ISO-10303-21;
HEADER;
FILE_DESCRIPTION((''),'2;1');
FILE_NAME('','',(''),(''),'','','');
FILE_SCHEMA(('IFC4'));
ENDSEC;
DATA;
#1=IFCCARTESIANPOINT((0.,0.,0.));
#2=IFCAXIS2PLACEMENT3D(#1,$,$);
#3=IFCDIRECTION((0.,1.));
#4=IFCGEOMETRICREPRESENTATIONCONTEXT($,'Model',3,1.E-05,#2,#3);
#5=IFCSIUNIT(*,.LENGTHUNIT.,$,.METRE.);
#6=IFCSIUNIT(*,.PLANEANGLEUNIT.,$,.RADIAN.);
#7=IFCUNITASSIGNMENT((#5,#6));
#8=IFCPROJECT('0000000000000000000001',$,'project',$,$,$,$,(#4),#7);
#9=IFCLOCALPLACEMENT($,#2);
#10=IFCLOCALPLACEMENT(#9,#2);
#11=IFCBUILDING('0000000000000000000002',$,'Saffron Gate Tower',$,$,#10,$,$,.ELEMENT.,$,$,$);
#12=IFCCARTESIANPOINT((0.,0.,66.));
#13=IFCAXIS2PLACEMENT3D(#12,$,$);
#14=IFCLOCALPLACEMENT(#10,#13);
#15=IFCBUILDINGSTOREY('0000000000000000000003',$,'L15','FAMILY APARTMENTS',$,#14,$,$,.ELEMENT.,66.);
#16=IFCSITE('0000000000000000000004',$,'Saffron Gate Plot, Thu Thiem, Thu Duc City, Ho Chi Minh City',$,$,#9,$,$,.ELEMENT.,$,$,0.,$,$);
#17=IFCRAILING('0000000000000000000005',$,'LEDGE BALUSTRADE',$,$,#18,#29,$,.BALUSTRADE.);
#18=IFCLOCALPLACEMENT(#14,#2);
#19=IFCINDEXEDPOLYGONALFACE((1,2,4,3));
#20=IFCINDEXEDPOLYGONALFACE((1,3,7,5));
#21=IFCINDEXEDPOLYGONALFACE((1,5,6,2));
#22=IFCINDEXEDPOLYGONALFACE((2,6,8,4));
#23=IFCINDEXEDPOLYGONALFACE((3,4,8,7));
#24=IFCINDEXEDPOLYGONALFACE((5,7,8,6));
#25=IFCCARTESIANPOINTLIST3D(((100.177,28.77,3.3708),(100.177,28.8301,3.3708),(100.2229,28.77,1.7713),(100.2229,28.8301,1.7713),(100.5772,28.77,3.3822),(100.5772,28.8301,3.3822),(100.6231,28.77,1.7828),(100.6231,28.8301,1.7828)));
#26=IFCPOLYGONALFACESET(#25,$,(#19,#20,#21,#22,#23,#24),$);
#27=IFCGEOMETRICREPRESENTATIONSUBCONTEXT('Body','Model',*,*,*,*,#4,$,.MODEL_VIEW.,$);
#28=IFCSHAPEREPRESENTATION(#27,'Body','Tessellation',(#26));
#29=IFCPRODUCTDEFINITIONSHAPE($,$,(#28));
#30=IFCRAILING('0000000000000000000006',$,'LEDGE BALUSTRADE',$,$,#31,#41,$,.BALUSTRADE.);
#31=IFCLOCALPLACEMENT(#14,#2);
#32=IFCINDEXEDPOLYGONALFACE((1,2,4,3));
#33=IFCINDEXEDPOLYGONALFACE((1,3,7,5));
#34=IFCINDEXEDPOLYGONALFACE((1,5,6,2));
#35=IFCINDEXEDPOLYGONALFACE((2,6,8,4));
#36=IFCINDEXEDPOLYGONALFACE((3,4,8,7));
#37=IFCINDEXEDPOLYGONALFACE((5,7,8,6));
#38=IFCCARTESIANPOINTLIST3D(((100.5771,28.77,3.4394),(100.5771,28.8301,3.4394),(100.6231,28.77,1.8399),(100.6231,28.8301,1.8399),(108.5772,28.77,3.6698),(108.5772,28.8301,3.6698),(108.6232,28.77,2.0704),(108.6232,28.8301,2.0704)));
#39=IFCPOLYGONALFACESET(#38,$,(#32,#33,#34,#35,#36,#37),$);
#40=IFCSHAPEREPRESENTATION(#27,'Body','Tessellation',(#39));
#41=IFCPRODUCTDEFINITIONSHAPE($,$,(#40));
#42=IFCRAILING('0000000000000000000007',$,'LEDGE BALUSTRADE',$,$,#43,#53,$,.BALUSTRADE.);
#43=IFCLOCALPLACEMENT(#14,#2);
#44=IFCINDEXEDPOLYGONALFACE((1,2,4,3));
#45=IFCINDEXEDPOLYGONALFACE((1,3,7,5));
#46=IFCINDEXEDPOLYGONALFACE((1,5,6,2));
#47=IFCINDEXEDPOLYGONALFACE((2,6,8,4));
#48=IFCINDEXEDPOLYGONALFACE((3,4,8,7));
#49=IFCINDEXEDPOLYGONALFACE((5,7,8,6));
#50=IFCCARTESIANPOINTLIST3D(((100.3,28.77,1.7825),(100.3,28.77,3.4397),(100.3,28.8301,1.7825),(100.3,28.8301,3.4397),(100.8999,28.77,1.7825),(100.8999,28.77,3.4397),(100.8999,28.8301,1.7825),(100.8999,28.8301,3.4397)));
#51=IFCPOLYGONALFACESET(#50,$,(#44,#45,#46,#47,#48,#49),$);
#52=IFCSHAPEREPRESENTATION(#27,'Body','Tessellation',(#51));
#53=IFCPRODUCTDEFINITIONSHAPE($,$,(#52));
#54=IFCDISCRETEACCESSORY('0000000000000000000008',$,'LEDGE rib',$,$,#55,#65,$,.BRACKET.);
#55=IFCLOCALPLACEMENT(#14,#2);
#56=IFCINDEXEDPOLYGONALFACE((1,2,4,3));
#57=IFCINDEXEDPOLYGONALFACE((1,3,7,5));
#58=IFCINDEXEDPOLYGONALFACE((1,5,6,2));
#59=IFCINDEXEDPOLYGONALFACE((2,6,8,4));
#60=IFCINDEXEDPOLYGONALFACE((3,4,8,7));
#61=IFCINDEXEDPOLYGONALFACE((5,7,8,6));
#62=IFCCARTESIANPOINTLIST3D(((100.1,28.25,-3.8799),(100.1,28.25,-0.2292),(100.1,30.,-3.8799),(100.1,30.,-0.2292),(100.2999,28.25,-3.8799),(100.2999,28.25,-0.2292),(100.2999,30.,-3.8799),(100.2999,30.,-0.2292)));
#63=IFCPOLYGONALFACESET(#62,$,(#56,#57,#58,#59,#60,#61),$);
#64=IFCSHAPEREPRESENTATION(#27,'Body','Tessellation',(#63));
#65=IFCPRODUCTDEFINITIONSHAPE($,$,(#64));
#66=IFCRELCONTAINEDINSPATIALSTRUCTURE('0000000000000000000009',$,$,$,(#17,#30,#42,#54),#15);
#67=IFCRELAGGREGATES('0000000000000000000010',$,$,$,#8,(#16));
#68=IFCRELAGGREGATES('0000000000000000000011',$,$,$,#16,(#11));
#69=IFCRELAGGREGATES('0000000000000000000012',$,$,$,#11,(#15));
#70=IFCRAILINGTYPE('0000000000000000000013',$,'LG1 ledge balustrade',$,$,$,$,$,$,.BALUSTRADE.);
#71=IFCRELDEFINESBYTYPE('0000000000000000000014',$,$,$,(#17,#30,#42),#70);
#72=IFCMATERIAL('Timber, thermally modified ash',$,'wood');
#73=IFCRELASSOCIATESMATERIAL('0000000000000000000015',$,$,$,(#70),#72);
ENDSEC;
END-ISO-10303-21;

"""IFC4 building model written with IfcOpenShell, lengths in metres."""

from ifc_helpers import new_model, si_unit, direction, frame, origin, origin_2d, place, context, subcontext, project, spatial, rectangle, extrude, material, type_object, element, save


model = new_model("IFC4")

# Units and contexts
model_context = context("Model", 3, precision=1e-05, world=origin(), true_north=direction((0.0, 1.0)))
body_context = subcontext(model_context, "Body", "Model", "MODEL_VIEW")
ifc_project = project(units=[si_unit("LENGTHUNIT", "METRE"), si_unit("PLANEANGLEUNIT", "RADIAN")], contexts=[model_context])

# Site, building, storey
site_placement = place(None, origin())
site = spatial("IfcSite", under=ifc_project, at=site_placement, Name="Saffron Gate Plot, Thu Thiem, Thu Duc City, Ho Chi Minh City", CompositionType="ELEMENT", RefElevation=0.0)
building_placement = place(site_placement, origin())
building = spatial("IfcBuilding", under=site, at=building_placement, Name="Saffron Gate Tower", CompositionType="ELEMENT")
storey_placement = place(building_placement, frame((0.0, 0.0, 66.0)))
storey = spatial("IfcBuildingStorey", under=building, at=storey_placement, Name="L15", Description="FAMILY APARTMENTS", CompositionType="ELEMENT", Elevation=66.0)

# Shared definitions
ifc_material_1 = material(Name="Timber, thermally modified ash", Category="wood")

# Railings
railing_type_1 = type_object("IfcRailingType", Name="LG1 ledge balustrade", PredefinedType="BALUSTRADE", material=ifc_material_1)
railing_1_placement = place(storey_placement, frame((100.2, 28.8, 1.771)))
element("IfcRailing", 1, at=railing_1_placement, inside=storey, type_object=railing_type_1, Name="LEDGE BALUSTRADE", PredefinedType="BALUSTRADE", context=body_context, shape_type="SweptSolid", body=[
    extrude(rectangle(XDim=0.0601, YDim=1.6001, at=origin_2d()), frame((0.0, 0.0, 0.8), z_axis=(0.999589, 0.0, 0.028664), x_axis=(0.0, 1.0, 0.0)), (0.0, 0.0, 1.0), 0.4004),
])
railing_2_placement = place(storey_placement, frame((100.6001, 28.8, 1.8396)))
element("IfcRailing", 2, at=railing_2_placement, inside=storey, type_object=railing_type_1, Name="LEDGE BALUSTRADE", PredefinedType="BALUSTRADE", context=body_context, shape_type="SweptSolid", body=[
    extrude(rectangle(XDim=0.0601, YDim=1.6001, at=origin_2d()), frame((0.0, 0.0, 0.8), z_axis=(0.999585, 0.0, 0.028797), x_axis=(0.0, 1.0, 0.0)), (0.0, 0.0, 1.0), 8.0034),
])
railing_3_placement = place(storey_placement, frame((100.3, 28.8, 1.7825)))
element("IfcRailing", 3, at=railing_3_placement, inside=storey, type_object=railing_type_1, Name="LEDGE BALUSTRADE", PredefinedType="BALUSTRADE", context=body_context, shape_type="SweptSolid", body=[
    extrude(rectangle(XDim=0.0601, YDim=1.6572, at=origin_2d()), frame((0.0, 0.0, 0.8286), z_axis=(1.0, 0.0, 0.0), x_axis=(0.0, 1.0, 0.0)), (0.0, 0.0, 1.0), 0.5999),
])

# Discrete accessory
discrete_accessory_placement = place(storey_placement, frame((100.2, 29.125, -3.8799), z_axis=(0.0, 0.0, 1.0), x_axis=(1.0, 0.0, 0.0)))
element("IfcDiscreteAccessory", 4, at=discrete_accessory_placement, inside=storey, Name="LEDGE rib", PredefinedType="BRACKET", context=body_context, shape_type="SweptSolid", body=[
    extrude(rectangle(XDim=0.2, YDim=1.75, at=origin_2d()), origin(), (0.0, 0.0, 1.0), 3.6506),
])

save(model, "model.ifc")
